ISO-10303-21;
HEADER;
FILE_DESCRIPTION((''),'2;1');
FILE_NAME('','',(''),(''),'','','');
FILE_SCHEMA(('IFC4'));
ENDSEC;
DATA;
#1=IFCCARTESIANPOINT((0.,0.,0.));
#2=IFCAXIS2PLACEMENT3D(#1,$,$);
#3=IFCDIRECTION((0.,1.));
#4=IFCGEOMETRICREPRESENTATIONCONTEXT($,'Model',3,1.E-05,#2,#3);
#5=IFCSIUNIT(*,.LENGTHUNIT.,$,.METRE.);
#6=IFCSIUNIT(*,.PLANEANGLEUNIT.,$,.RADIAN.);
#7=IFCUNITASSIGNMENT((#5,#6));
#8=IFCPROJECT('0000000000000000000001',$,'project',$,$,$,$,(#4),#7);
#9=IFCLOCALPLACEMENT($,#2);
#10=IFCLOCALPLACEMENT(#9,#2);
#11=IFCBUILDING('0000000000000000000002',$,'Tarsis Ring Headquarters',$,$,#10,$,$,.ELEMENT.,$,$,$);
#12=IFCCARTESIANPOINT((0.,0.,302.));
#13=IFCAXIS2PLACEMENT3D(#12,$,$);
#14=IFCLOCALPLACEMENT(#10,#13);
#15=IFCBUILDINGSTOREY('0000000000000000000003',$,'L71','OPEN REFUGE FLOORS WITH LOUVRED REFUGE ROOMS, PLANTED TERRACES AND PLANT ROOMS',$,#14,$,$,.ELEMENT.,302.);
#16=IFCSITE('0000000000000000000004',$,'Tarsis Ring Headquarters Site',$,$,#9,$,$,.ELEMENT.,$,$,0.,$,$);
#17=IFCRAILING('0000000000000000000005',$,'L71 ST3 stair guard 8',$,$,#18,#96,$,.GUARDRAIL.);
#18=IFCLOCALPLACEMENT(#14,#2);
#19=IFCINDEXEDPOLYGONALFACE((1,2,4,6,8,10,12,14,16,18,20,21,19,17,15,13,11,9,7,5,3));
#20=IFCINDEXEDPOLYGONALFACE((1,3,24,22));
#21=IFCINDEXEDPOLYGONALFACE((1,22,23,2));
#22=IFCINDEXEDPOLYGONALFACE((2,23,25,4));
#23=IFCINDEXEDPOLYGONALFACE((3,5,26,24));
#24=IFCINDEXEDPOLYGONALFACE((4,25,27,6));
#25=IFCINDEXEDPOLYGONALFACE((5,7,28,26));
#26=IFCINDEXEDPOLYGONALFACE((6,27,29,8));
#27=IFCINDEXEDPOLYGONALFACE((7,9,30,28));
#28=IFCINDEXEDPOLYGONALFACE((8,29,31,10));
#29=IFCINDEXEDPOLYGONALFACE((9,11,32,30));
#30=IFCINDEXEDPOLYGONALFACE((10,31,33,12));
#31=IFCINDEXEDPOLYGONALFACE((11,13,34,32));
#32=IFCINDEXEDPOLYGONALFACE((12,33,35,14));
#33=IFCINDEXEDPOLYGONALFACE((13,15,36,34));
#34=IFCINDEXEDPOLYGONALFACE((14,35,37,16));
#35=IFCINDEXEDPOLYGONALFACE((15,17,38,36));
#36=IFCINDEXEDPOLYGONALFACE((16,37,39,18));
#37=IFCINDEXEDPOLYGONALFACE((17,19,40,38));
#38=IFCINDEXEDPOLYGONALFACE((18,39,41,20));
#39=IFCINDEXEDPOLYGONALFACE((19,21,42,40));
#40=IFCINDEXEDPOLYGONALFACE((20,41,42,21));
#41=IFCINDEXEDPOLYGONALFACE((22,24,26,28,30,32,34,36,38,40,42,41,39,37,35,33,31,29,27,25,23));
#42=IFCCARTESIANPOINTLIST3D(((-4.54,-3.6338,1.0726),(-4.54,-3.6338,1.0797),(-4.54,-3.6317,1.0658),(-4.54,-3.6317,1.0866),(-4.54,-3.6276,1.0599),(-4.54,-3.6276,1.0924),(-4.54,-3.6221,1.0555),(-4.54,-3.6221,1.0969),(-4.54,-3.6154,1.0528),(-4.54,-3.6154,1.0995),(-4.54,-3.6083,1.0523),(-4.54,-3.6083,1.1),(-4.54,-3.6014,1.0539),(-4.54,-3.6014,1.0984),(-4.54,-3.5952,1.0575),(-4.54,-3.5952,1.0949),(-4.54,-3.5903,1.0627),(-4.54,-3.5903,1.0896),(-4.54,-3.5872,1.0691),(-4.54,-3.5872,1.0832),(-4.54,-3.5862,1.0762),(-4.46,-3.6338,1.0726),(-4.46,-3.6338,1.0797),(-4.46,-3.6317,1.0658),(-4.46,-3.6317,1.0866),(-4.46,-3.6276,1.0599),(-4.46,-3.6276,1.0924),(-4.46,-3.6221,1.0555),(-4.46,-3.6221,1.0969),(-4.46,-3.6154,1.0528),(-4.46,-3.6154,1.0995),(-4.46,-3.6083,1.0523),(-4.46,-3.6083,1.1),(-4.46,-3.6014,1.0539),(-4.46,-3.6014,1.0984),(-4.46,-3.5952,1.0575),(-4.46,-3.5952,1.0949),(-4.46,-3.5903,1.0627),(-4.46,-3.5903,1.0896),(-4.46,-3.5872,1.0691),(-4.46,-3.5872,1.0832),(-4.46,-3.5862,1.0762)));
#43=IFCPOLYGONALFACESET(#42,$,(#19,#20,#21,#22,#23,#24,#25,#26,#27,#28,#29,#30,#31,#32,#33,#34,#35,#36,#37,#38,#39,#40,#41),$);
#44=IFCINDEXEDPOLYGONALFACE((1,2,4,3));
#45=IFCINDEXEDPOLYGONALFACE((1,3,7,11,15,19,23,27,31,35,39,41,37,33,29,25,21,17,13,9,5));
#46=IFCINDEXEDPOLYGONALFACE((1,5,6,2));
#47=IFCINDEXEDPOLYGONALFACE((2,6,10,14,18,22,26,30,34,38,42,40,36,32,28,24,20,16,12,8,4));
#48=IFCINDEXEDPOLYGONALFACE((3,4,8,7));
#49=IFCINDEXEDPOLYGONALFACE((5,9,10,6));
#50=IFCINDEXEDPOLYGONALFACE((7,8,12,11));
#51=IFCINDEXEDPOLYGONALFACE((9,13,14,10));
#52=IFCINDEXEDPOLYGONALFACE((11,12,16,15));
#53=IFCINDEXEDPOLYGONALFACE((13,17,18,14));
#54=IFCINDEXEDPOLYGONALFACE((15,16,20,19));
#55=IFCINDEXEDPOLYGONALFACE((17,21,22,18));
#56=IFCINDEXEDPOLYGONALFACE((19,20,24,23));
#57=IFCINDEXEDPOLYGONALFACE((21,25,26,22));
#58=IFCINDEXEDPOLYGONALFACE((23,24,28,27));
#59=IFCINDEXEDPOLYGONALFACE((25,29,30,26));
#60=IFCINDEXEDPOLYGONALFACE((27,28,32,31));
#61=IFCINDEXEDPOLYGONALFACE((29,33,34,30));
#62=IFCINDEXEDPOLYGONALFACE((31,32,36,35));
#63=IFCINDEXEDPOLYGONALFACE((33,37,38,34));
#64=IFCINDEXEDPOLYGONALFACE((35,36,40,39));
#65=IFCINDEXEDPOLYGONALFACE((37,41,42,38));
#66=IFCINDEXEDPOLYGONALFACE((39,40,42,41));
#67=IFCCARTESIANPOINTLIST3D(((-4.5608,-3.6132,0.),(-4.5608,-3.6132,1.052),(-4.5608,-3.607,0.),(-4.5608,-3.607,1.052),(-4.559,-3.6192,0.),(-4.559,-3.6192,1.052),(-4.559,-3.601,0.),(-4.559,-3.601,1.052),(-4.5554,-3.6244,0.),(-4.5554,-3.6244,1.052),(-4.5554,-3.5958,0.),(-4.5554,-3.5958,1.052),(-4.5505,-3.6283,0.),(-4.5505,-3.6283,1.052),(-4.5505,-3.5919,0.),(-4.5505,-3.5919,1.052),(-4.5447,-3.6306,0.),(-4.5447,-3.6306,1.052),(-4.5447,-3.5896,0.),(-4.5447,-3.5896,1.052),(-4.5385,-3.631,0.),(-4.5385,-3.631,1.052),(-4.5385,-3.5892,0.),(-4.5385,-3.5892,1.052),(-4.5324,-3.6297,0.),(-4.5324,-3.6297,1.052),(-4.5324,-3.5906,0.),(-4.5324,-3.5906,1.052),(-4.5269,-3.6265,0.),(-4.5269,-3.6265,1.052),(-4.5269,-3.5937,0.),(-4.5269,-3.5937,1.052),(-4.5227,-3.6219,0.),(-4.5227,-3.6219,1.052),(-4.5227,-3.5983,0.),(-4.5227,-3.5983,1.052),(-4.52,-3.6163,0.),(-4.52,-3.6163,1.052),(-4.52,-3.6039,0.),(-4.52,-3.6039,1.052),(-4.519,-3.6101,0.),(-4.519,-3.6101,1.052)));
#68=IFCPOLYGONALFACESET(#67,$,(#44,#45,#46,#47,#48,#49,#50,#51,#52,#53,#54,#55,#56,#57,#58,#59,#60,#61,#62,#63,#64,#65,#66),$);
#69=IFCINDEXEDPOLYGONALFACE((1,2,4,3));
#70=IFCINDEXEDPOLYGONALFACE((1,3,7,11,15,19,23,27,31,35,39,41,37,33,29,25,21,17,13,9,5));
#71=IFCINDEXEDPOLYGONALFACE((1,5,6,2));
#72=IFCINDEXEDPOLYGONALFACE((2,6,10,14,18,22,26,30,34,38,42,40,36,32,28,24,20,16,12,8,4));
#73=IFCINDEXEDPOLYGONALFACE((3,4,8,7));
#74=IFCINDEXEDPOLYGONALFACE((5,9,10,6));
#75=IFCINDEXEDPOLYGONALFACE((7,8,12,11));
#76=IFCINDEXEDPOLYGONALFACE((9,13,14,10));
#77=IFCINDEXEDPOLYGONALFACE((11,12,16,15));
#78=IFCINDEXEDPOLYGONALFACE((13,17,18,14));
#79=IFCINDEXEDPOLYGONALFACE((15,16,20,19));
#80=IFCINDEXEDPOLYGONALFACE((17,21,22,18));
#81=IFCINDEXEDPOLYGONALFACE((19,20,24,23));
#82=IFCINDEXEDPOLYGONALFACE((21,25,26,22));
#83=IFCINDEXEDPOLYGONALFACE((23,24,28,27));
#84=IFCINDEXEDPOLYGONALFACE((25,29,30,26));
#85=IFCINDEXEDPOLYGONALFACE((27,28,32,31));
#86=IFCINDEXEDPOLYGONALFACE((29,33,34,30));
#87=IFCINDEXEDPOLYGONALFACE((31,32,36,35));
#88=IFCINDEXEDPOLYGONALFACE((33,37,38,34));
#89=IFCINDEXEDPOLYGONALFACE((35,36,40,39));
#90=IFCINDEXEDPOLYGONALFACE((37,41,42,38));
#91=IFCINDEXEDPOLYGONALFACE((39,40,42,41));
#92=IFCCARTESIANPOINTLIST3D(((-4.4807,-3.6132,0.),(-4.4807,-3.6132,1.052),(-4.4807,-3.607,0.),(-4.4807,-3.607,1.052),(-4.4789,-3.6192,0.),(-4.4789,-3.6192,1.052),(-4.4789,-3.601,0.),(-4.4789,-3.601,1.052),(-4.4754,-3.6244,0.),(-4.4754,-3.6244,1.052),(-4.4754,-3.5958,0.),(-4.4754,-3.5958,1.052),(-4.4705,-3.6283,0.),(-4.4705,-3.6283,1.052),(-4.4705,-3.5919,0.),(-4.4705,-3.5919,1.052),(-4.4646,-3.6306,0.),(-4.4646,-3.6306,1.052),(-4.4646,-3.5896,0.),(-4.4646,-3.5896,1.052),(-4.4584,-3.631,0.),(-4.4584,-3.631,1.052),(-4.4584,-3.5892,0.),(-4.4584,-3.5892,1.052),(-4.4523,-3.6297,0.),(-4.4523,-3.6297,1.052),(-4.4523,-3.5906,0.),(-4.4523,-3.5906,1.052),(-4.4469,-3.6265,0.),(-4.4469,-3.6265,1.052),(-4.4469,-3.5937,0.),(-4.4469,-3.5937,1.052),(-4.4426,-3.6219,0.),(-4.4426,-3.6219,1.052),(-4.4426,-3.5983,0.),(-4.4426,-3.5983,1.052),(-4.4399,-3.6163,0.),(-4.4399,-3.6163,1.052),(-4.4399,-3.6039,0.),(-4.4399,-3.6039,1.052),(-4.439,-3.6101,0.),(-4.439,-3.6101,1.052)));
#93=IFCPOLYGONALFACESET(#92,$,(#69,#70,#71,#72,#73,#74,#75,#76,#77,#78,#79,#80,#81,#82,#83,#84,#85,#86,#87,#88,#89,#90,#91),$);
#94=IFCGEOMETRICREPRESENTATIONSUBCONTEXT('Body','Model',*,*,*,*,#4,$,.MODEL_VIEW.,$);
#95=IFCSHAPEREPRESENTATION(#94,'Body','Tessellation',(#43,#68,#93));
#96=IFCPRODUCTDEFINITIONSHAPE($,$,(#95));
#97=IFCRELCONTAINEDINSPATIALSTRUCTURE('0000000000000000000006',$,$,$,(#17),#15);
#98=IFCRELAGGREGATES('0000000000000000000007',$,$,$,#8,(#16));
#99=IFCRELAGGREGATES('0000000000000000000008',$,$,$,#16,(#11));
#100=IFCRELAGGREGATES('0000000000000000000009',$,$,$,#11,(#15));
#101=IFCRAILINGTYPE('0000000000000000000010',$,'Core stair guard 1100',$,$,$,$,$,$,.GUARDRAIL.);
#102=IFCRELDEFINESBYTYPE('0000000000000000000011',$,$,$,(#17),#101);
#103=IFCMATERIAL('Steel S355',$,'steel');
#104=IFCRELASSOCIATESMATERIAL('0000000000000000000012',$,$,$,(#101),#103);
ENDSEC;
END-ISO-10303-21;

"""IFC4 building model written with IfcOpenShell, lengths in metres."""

from ifc_helpers import new_model, si_unit, direction, frame, origin, origin_2d, place, context, subcontext, project, spatial, circle, extrude, material, type_object, element, save


model = new_model("IFC4")

# Units and contexts
model_context = context("Model", 3, precision=1e-05, world=origin(), true_north=direction((0.0, 1.0)))
body_context = subcontext(model_context, "Body", "Model", "MODEL_VIEW")
ifc_project = project(units=[si_unit("LENGTHUNIT", "METRE"), si_unit("PLANEANGLEUNIT", "RADIAN")], contexts=[model_context])

# Site, building, storey
site_placement = place(None, origin())
site = spatial("IfcSite", under=ifc_project, at=site_placement, Name="Tarsis Ring Headquarters Site", CompositionType="ELEMENT", RefElevation=0.0)
building_placement = place(site_placement, origin())
building = spatial("IfcBuilding", under=site, at=building_placement, Name="Tarsis Ring Headquarters", CompositionType="ELEMENT")
storey_placement = place(building_placement, frame((0.0, 0.0, 302.0)))
storey = spatial("IfcBuildingStorey", under=building, at=storey_placement, Name="L71", Description="OPEN REFUGE FLOORS WITH LOUVRED REFUGE ROOMS, PLANTED TERRACES AND PLANT ROOMS", CompositionType="ELEMENT", Elevation=302.0)

# Railing
ifc_material_1 = material(Name="Steel S355", Category="steel")
railing_type_1 = type_object("IfcRailingType", Name="Core stair guard 1100", PredefinedType="GUARDRAIL", material=ifc_material_1)
railing_1_placement = place(storey_placement, frame((-4.54, -3.6101, 0.0)))
element("IfcRailing", 1, at=railing_1_placement, inside=storey, type_object=railing_type_1, Name="L71 ST3 stair guard 8", PredefinedType="GUARDRAIL", context=body_context, shape_type="SweptSolid", body=[
    extrude(circle(Radius=0.0239, at=origin_2d()), frame((0.0, 0.0, 1.0762), z_axis=(1.0, 0.0, 0.0), x_axis=(0.0, 1.0, 0.0)), (0.0, 0.0, 1.0), 0.0801),
    extrude(circle(Radius=0.021, at=origin_2d()), origin(), (0.0, 0.0, 1.0), 1.052),
    extrude(circle(Radius=0.021, at=origin_2d()), frame((0.0801, 0.0, 0.0)), (0.0, 0.0, 1.0), 1.052),
])

save(model, "model.ifc")
